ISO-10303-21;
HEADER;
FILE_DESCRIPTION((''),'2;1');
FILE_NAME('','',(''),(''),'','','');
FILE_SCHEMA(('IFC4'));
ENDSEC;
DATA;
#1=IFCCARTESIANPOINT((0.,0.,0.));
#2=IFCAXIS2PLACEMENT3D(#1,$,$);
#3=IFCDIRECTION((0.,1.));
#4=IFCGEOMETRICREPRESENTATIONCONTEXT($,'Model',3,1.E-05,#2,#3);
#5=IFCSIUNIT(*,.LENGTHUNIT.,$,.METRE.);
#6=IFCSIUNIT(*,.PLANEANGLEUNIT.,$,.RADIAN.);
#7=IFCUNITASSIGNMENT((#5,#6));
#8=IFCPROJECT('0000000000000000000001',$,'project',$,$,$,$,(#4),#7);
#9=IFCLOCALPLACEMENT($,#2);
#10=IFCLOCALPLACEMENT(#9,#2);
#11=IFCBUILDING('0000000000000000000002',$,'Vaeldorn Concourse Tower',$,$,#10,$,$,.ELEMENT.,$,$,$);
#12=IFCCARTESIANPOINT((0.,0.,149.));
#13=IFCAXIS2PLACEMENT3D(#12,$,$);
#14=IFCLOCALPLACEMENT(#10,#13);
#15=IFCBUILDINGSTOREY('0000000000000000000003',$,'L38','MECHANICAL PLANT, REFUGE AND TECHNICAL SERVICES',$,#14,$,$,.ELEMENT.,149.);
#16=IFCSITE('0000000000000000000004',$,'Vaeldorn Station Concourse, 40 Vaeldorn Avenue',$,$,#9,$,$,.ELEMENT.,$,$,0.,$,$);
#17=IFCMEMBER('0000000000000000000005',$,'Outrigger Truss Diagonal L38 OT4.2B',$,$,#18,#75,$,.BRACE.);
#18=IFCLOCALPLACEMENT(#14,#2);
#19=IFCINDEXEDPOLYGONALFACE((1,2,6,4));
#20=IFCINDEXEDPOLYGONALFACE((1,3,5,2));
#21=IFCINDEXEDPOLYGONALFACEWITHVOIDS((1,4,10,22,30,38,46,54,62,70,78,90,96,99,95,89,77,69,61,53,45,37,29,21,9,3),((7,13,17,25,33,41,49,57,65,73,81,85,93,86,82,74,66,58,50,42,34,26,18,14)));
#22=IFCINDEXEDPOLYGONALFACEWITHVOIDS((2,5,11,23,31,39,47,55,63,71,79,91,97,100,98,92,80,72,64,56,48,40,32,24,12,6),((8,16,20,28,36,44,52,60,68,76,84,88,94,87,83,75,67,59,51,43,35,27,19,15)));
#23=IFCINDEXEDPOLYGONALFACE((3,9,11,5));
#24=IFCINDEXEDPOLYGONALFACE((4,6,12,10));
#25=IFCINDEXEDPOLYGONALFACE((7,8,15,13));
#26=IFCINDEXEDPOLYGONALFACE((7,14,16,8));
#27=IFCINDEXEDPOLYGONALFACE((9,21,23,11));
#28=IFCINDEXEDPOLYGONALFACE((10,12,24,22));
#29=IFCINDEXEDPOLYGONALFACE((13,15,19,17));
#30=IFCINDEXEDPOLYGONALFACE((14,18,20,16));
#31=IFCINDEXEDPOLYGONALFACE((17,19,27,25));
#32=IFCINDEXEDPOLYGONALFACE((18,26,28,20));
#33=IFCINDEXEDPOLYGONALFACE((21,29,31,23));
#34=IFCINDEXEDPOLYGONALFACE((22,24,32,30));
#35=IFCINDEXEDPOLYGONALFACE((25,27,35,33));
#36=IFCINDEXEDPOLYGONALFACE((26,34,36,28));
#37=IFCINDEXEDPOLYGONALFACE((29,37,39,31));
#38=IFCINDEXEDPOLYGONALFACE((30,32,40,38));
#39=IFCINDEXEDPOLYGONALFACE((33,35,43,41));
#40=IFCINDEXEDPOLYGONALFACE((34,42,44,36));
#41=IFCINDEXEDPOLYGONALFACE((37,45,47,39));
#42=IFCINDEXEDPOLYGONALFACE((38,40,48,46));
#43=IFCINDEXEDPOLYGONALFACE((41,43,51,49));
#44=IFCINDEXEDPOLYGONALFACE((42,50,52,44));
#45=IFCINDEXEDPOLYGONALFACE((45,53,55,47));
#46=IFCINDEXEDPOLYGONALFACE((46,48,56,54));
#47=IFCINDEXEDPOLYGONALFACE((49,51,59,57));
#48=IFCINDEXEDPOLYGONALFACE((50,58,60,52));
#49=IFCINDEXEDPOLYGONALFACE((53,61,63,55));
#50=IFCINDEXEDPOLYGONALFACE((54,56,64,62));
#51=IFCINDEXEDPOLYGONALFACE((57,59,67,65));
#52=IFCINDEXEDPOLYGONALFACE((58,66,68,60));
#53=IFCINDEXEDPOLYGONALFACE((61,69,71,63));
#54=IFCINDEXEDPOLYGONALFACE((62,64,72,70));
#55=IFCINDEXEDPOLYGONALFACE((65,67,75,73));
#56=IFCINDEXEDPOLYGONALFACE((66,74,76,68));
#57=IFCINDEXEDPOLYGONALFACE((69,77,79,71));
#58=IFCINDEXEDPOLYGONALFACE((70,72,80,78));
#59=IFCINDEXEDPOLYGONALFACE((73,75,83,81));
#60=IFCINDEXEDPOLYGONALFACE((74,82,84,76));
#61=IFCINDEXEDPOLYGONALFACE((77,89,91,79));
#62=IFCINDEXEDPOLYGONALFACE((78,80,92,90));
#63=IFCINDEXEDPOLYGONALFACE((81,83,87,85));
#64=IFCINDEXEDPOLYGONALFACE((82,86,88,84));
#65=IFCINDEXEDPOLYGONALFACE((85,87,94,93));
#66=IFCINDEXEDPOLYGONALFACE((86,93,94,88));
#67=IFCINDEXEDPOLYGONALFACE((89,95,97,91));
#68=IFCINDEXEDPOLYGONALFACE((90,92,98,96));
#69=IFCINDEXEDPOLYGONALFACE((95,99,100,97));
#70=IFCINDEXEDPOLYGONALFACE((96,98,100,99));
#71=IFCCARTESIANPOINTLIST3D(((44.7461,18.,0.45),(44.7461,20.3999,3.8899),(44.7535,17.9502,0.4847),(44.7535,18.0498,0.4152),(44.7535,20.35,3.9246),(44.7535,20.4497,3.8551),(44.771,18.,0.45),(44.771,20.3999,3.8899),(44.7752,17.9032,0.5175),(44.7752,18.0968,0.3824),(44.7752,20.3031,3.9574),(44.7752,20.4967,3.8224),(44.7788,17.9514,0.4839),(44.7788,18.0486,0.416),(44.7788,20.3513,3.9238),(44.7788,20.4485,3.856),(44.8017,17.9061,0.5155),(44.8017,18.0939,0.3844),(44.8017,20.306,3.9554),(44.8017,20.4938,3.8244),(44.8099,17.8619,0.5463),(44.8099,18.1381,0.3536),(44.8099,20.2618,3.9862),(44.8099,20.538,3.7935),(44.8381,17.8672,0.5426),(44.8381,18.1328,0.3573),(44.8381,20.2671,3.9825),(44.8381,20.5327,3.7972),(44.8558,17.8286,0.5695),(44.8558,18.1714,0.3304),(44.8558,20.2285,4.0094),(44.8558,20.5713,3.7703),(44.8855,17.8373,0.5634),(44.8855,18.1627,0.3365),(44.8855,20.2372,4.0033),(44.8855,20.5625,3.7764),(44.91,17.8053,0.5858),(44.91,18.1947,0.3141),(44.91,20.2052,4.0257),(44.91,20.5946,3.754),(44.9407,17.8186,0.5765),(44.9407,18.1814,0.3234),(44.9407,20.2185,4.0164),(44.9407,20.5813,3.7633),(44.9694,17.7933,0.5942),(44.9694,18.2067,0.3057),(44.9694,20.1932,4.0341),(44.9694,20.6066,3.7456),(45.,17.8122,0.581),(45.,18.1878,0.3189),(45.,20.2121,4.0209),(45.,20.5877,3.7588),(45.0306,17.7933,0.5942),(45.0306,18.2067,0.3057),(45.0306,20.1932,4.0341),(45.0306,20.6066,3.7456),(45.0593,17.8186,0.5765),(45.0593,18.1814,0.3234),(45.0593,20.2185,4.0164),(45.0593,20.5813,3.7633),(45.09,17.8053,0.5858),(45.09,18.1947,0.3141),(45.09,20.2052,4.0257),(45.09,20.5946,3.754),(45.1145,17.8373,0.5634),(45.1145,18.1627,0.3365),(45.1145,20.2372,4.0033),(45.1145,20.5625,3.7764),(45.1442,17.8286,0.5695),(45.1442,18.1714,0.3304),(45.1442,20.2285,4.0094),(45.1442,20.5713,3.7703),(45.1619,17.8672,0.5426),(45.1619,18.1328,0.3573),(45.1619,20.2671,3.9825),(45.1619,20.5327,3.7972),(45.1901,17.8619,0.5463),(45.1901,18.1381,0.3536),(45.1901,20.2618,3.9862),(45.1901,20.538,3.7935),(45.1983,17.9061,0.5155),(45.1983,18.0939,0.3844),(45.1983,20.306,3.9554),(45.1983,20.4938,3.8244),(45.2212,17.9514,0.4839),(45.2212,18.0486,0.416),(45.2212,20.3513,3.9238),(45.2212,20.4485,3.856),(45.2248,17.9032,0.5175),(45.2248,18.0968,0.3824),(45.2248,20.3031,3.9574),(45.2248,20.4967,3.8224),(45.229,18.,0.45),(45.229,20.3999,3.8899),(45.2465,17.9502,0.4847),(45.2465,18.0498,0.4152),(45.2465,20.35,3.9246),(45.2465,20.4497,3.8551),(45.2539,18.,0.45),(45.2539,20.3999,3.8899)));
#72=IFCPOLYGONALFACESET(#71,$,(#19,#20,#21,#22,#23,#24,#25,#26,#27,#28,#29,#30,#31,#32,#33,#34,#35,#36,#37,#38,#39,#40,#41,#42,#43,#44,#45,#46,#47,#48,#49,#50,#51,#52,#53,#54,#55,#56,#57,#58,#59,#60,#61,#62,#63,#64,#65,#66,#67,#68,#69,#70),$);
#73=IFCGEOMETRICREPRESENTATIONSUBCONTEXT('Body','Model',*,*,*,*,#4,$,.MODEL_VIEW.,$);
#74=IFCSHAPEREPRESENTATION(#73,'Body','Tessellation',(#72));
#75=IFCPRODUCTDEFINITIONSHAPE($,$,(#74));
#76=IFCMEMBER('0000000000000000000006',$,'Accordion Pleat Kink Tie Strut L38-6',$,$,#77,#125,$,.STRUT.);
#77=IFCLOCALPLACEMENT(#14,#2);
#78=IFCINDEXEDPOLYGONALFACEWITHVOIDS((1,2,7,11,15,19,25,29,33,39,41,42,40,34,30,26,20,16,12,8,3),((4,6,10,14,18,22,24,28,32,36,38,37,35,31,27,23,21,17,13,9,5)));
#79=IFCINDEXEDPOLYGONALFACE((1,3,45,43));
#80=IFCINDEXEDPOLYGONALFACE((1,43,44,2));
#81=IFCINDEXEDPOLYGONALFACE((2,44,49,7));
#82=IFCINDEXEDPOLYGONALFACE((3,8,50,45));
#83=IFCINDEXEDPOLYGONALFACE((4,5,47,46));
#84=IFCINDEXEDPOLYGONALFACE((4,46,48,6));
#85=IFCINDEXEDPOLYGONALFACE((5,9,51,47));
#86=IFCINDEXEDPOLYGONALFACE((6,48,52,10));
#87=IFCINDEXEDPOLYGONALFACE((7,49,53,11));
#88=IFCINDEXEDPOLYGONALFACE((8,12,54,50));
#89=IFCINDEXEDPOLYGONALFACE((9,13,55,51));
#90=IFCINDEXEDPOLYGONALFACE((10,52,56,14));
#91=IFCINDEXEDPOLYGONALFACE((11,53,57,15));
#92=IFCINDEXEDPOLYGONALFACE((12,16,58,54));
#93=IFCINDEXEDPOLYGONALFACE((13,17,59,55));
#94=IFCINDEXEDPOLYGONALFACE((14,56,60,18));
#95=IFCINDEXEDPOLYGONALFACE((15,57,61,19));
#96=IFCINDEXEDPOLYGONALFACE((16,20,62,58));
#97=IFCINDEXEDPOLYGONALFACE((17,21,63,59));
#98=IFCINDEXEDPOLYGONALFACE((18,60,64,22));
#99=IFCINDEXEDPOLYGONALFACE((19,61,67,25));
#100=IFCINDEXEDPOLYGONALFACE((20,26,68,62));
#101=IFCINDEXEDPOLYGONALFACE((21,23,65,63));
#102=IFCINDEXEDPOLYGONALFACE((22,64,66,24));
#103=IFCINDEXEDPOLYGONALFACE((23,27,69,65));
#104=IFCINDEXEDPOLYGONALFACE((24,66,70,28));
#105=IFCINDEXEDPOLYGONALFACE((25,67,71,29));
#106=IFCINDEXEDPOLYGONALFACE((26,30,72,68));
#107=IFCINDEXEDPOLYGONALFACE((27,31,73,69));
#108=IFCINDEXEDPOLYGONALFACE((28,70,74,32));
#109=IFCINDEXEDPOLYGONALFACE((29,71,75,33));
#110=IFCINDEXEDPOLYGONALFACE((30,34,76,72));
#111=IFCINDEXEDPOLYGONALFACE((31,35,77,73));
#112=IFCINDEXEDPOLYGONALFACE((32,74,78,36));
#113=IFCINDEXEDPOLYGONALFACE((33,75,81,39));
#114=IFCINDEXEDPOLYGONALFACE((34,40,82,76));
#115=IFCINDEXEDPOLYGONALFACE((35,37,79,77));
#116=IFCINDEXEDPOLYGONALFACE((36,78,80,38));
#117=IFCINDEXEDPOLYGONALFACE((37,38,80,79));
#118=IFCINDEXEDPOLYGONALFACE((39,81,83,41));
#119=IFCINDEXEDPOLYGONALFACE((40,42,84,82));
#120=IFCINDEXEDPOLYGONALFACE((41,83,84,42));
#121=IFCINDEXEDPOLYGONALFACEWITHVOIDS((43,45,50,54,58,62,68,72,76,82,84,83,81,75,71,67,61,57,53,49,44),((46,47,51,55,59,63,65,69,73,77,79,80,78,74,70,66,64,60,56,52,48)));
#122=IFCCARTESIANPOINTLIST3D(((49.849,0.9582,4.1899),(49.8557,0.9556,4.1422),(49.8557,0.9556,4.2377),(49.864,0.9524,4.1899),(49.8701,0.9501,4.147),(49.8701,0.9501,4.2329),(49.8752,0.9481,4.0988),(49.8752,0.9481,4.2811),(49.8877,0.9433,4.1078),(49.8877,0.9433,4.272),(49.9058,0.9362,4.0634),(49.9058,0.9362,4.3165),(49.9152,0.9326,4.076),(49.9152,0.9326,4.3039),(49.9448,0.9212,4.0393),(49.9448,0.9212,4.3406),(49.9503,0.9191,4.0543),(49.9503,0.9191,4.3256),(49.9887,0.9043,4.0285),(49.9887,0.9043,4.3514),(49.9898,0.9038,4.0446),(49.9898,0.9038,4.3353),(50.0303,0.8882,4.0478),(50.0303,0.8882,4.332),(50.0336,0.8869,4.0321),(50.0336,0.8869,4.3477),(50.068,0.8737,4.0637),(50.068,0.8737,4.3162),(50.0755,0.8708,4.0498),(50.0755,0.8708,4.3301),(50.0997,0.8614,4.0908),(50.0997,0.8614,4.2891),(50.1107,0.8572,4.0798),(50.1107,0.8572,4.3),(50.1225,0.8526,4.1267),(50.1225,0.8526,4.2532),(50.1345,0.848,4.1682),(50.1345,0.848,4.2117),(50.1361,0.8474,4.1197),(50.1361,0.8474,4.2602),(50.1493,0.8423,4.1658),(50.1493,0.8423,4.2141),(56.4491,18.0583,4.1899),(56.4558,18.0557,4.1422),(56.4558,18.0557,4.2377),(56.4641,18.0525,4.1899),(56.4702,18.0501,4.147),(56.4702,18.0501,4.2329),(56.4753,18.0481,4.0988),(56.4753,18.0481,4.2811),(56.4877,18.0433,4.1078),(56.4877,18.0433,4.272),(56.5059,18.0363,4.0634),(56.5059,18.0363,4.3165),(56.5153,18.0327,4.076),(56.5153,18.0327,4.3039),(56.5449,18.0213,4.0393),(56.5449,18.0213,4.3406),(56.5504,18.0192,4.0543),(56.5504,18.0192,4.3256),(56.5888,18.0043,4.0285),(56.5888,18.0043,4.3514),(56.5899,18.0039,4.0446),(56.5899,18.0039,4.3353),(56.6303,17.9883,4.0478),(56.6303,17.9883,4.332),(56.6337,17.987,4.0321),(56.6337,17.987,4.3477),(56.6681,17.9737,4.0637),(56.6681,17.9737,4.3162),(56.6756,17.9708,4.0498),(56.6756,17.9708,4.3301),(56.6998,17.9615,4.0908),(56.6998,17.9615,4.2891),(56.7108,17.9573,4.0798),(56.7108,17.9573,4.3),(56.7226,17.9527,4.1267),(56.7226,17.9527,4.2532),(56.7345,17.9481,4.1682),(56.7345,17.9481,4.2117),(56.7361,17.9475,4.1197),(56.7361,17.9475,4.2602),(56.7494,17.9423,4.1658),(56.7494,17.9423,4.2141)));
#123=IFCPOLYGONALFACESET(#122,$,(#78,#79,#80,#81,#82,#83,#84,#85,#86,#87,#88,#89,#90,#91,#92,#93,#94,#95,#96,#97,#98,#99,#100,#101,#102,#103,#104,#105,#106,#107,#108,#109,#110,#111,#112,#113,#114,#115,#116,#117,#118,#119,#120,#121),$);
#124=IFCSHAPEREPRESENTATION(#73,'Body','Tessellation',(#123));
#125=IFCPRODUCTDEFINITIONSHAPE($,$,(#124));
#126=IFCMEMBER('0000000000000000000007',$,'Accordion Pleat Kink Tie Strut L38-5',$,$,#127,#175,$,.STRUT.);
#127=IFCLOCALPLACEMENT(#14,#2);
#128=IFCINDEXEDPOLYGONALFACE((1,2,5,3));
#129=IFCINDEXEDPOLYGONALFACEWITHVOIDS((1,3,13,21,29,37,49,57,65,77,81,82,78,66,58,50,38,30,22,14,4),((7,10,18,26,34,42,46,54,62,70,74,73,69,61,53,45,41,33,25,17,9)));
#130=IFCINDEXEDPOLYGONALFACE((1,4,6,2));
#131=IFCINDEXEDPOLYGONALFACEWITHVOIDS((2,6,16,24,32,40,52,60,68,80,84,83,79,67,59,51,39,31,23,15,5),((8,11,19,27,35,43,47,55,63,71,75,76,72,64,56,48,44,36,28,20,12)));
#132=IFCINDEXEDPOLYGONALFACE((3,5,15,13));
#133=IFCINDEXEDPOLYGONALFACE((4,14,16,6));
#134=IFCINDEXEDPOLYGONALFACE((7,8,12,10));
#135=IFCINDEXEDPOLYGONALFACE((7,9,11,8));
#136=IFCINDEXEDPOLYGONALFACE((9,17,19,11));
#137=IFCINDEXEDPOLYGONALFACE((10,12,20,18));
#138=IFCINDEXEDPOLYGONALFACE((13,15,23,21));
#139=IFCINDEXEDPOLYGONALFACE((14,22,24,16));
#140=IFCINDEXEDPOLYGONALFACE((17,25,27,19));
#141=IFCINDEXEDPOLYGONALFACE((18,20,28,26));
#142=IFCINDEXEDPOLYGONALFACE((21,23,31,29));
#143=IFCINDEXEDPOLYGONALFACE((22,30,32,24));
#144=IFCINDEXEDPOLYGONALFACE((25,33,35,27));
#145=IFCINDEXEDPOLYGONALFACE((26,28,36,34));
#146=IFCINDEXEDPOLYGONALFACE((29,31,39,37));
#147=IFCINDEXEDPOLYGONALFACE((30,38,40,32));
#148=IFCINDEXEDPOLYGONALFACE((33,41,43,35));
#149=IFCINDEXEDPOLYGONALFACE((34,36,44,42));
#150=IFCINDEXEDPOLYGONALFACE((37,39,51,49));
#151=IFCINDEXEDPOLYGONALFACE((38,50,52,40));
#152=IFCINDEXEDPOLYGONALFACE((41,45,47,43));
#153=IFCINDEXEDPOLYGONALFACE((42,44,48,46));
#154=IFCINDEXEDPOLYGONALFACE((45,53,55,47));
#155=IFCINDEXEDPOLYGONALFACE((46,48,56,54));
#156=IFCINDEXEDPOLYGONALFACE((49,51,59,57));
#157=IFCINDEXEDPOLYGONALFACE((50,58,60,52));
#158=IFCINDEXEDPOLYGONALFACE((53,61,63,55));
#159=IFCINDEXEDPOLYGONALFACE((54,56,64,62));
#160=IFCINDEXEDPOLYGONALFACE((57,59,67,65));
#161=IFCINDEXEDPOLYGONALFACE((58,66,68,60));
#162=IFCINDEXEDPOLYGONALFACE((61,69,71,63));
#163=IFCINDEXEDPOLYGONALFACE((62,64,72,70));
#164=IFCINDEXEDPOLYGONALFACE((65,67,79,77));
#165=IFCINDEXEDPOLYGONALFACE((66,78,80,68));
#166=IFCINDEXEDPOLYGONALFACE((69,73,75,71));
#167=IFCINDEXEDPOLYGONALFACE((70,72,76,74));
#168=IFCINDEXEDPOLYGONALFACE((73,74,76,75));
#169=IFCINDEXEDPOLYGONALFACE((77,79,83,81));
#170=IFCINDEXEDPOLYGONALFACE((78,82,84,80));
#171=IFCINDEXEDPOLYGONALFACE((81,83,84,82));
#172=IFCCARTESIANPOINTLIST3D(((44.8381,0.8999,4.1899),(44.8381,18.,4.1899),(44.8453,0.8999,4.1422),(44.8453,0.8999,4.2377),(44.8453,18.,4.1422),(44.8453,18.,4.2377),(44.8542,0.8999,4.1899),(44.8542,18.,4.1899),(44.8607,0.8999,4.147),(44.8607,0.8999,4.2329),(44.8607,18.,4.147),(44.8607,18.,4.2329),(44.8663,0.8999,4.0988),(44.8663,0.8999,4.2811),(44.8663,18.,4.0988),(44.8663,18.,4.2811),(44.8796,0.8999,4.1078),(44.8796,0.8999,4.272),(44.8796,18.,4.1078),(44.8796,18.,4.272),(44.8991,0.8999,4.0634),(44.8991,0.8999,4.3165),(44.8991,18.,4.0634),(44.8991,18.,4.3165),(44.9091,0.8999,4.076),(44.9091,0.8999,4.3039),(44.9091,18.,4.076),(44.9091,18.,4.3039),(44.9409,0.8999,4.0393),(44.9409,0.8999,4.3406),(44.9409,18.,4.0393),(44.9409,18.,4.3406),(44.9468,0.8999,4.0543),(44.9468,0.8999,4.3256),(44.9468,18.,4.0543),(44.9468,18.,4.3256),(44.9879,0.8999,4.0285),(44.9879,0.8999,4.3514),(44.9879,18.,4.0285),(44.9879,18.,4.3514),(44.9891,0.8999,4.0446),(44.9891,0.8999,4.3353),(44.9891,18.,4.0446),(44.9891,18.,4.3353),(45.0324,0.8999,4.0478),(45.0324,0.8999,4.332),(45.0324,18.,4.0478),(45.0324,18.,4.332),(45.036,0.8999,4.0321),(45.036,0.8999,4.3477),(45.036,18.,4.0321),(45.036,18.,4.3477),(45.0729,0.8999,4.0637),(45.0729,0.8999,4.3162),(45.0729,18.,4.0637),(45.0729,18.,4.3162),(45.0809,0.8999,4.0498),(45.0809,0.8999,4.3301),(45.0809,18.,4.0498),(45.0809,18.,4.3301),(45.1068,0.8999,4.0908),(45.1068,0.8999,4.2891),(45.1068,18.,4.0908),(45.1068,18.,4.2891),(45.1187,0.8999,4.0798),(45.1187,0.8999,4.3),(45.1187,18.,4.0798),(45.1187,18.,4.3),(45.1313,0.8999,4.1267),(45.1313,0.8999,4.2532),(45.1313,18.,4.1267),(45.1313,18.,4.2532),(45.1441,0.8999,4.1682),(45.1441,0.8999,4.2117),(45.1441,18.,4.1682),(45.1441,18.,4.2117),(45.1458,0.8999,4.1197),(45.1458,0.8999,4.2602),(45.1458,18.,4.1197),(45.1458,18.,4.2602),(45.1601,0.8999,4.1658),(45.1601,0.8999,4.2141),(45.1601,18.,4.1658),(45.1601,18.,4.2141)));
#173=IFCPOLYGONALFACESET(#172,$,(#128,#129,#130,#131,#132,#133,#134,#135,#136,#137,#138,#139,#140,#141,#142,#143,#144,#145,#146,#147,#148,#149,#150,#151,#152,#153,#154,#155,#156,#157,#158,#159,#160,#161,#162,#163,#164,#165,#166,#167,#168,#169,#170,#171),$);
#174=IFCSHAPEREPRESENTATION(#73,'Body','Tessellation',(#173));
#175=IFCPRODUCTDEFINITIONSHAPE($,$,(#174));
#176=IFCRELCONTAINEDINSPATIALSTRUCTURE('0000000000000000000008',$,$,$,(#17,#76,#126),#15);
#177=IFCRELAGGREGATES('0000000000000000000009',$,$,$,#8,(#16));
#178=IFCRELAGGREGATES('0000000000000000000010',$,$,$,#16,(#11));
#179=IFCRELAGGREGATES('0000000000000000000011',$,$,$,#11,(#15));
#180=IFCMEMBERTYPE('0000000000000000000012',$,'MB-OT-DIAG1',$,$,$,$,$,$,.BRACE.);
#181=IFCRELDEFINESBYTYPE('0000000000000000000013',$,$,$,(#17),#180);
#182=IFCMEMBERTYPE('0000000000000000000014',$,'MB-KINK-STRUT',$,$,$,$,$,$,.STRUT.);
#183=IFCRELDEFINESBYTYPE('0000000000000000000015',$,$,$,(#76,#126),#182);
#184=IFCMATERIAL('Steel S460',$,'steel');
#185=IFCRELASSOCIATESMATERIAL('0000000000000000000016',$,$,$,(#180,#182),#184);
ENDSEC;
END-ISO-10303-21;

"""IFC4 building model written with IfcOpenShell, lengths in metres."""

from ifc_helpers import new_model, si_unit, direction, frame, origin, origin_2d, place, context, subcontext, project, spatial, hollow_circle, extrude, source, transform, mapped, material, material_profile, profile_set, type_object, element, save


model = new_model("IFC4")

# Units and contexts
model_context = context("Model", 3, precision=1e-05, world=origin(), true_north=direction((0.0, 1.0)))
body_context = subcontext(model_context, "Body", "Model", "MODEL_VIEW")
ifc_project = project(units=[si_unit("LENGTHUNIT", "METRE"), si_unit("PLANEANGLEUNIT", "RADIAN")], contexts=[model_context])

# Site, building, storey
site_placement = place(None, origin())
site = spatial("IfcSite", under=ifc_project, at=site_placement, Name="Vaeldorn Station Concourse, 40 Vaeldorn Avenue", CompositionType="ELEMENT", RefElevation=0.0)
building_placement = place(site_placement, origin())
building = spatial("IfcBuilding", under=site, at=building_placement, Name="Vaeldorn Concourse Tower", CompositionType="ELEMENT")
storey_placement = place(building_placement, frame((0.0, 0.0, 149.0)))
storey = spatial("IfcBuildingStorey", under=building, at=storey_placement, Name="L38", Description="MECHANICAL PLANT, REFUGE AND TECHNICAL SERVICES", CompositionType="ELEMENT", Elevation=149.0)

# Shared definitions
ifc_material_1 = material(Name="Steel S460", Category="steel")

# Members
ifc_material_profile_1 = material_profile(ifc_material_1, hollow_circle(Radius=0.2539, WallThickness=0.0249, at=origin_2d()), Name="CHS 508x25")
ifc_profile_set_1 = profile_set([ifc_material_profile_1], Name="Steel S460")
member_type_1 = type_object("IfcMemberType", Name="MB-OT-DIAG1", PredefinedType="BRACE", material=ifc_profile_set_1)
shared_shape_1 = source(origin(), body_context, "Body", "SweptSolid", [
    extrude(hollow_circle(Radius=0.2539, WallThickness=0.0249, at=origin_2d()), origin(), (0.0, 0.0, 1.0), 4.1943),
])
member_1_placement = place(storey_placement, frame((45.0, 18.0, 0.45), z_axis=(0.0, 0.572172, 0.820133), x_axis=(-1.0, 0.0, 0.0)))
element("IfcMember", 1, at=member_1_placement, inside=storey, type_object=member_type_1, Name="Outrigger Truss Diagonal L38 OT4.2B", PredefinedType="BRACE", context=body_context, shape_type="MappedRepresentation", body=[
    mapped(shared_shape_1, transform((0.0, 0.0, 0.0), scale=1.0)),
])
ifc_material_profile_2 = material_profile(ifc_material_1, hollow_circle(Radius=0.1619, WallThickness=0.0161, at=origin_2d()), Name="CHS 323.9x16")
ifc_profile_set_2 = profile_set([ifc_material_profile_2], Name="Steel S460")
member_type_2 = type_object("IfcMemberType", Name="MB-KINK-STRUT", PredefinedType="STRUT", material=ifc_profile_set_2)
shared_shape_2 = source(origin(), body_context, "Body", "SweptSolid", [
    extrude(hollow_circle(Radius=0.1619, WallThickness=0.0161, at=origin_2d()), origin(), (0.0, 0.0, 1.0), 18.3296),
])
member_2_placement = place(storey_placement, frame((50.0, 0.8999, 4.1899), z_axis=(0.360078, 0.932922, 0.0), x_axis=(-0.932922, 0.360078, 0.0)))
element("IfcMember", 2, at=member_2_placement, inside=storey, type_object=member_type_2, Name="Accordion Pleat Kink Tie Strut L38-6", PredefinedType="STRUT", context=body_context, shape_type="MappedRepresentation", body=[
    mapped(shared_shape_2, transform((0.0, 0.0, 0.0), scale=1.0)),
])
shared_shape_3 = source(origin(), body_context, "Body", "SweptSolid", [
    extrude(hollow_circle(Radius=0.1619, WallThickness=0.0161, at=origin_2d()), origin(), (0.0, 0.0, 1.0), 17.1001),
])
member_3_placement = place(storey_placement, frame((45.0, 0.8999, 4.1899), z_axis=(0.0, 1.0, 0.0), x_axis=(-1.0, 0.0, 0.0)))
element("IfcMember", 3, at=member_3_placement, inside=storey, type_object=member_type_2, Name="Accordion Pleat Kink Tie Strut L38-5", PredefinedType="STRUT", context=body_context, shape_type="MappedRepresentation", body=[
    mapped(shared_shape_3, transform((0.0, 0.0, 0.0), scale=1.0)),
])

save(model, "model.ifc")
